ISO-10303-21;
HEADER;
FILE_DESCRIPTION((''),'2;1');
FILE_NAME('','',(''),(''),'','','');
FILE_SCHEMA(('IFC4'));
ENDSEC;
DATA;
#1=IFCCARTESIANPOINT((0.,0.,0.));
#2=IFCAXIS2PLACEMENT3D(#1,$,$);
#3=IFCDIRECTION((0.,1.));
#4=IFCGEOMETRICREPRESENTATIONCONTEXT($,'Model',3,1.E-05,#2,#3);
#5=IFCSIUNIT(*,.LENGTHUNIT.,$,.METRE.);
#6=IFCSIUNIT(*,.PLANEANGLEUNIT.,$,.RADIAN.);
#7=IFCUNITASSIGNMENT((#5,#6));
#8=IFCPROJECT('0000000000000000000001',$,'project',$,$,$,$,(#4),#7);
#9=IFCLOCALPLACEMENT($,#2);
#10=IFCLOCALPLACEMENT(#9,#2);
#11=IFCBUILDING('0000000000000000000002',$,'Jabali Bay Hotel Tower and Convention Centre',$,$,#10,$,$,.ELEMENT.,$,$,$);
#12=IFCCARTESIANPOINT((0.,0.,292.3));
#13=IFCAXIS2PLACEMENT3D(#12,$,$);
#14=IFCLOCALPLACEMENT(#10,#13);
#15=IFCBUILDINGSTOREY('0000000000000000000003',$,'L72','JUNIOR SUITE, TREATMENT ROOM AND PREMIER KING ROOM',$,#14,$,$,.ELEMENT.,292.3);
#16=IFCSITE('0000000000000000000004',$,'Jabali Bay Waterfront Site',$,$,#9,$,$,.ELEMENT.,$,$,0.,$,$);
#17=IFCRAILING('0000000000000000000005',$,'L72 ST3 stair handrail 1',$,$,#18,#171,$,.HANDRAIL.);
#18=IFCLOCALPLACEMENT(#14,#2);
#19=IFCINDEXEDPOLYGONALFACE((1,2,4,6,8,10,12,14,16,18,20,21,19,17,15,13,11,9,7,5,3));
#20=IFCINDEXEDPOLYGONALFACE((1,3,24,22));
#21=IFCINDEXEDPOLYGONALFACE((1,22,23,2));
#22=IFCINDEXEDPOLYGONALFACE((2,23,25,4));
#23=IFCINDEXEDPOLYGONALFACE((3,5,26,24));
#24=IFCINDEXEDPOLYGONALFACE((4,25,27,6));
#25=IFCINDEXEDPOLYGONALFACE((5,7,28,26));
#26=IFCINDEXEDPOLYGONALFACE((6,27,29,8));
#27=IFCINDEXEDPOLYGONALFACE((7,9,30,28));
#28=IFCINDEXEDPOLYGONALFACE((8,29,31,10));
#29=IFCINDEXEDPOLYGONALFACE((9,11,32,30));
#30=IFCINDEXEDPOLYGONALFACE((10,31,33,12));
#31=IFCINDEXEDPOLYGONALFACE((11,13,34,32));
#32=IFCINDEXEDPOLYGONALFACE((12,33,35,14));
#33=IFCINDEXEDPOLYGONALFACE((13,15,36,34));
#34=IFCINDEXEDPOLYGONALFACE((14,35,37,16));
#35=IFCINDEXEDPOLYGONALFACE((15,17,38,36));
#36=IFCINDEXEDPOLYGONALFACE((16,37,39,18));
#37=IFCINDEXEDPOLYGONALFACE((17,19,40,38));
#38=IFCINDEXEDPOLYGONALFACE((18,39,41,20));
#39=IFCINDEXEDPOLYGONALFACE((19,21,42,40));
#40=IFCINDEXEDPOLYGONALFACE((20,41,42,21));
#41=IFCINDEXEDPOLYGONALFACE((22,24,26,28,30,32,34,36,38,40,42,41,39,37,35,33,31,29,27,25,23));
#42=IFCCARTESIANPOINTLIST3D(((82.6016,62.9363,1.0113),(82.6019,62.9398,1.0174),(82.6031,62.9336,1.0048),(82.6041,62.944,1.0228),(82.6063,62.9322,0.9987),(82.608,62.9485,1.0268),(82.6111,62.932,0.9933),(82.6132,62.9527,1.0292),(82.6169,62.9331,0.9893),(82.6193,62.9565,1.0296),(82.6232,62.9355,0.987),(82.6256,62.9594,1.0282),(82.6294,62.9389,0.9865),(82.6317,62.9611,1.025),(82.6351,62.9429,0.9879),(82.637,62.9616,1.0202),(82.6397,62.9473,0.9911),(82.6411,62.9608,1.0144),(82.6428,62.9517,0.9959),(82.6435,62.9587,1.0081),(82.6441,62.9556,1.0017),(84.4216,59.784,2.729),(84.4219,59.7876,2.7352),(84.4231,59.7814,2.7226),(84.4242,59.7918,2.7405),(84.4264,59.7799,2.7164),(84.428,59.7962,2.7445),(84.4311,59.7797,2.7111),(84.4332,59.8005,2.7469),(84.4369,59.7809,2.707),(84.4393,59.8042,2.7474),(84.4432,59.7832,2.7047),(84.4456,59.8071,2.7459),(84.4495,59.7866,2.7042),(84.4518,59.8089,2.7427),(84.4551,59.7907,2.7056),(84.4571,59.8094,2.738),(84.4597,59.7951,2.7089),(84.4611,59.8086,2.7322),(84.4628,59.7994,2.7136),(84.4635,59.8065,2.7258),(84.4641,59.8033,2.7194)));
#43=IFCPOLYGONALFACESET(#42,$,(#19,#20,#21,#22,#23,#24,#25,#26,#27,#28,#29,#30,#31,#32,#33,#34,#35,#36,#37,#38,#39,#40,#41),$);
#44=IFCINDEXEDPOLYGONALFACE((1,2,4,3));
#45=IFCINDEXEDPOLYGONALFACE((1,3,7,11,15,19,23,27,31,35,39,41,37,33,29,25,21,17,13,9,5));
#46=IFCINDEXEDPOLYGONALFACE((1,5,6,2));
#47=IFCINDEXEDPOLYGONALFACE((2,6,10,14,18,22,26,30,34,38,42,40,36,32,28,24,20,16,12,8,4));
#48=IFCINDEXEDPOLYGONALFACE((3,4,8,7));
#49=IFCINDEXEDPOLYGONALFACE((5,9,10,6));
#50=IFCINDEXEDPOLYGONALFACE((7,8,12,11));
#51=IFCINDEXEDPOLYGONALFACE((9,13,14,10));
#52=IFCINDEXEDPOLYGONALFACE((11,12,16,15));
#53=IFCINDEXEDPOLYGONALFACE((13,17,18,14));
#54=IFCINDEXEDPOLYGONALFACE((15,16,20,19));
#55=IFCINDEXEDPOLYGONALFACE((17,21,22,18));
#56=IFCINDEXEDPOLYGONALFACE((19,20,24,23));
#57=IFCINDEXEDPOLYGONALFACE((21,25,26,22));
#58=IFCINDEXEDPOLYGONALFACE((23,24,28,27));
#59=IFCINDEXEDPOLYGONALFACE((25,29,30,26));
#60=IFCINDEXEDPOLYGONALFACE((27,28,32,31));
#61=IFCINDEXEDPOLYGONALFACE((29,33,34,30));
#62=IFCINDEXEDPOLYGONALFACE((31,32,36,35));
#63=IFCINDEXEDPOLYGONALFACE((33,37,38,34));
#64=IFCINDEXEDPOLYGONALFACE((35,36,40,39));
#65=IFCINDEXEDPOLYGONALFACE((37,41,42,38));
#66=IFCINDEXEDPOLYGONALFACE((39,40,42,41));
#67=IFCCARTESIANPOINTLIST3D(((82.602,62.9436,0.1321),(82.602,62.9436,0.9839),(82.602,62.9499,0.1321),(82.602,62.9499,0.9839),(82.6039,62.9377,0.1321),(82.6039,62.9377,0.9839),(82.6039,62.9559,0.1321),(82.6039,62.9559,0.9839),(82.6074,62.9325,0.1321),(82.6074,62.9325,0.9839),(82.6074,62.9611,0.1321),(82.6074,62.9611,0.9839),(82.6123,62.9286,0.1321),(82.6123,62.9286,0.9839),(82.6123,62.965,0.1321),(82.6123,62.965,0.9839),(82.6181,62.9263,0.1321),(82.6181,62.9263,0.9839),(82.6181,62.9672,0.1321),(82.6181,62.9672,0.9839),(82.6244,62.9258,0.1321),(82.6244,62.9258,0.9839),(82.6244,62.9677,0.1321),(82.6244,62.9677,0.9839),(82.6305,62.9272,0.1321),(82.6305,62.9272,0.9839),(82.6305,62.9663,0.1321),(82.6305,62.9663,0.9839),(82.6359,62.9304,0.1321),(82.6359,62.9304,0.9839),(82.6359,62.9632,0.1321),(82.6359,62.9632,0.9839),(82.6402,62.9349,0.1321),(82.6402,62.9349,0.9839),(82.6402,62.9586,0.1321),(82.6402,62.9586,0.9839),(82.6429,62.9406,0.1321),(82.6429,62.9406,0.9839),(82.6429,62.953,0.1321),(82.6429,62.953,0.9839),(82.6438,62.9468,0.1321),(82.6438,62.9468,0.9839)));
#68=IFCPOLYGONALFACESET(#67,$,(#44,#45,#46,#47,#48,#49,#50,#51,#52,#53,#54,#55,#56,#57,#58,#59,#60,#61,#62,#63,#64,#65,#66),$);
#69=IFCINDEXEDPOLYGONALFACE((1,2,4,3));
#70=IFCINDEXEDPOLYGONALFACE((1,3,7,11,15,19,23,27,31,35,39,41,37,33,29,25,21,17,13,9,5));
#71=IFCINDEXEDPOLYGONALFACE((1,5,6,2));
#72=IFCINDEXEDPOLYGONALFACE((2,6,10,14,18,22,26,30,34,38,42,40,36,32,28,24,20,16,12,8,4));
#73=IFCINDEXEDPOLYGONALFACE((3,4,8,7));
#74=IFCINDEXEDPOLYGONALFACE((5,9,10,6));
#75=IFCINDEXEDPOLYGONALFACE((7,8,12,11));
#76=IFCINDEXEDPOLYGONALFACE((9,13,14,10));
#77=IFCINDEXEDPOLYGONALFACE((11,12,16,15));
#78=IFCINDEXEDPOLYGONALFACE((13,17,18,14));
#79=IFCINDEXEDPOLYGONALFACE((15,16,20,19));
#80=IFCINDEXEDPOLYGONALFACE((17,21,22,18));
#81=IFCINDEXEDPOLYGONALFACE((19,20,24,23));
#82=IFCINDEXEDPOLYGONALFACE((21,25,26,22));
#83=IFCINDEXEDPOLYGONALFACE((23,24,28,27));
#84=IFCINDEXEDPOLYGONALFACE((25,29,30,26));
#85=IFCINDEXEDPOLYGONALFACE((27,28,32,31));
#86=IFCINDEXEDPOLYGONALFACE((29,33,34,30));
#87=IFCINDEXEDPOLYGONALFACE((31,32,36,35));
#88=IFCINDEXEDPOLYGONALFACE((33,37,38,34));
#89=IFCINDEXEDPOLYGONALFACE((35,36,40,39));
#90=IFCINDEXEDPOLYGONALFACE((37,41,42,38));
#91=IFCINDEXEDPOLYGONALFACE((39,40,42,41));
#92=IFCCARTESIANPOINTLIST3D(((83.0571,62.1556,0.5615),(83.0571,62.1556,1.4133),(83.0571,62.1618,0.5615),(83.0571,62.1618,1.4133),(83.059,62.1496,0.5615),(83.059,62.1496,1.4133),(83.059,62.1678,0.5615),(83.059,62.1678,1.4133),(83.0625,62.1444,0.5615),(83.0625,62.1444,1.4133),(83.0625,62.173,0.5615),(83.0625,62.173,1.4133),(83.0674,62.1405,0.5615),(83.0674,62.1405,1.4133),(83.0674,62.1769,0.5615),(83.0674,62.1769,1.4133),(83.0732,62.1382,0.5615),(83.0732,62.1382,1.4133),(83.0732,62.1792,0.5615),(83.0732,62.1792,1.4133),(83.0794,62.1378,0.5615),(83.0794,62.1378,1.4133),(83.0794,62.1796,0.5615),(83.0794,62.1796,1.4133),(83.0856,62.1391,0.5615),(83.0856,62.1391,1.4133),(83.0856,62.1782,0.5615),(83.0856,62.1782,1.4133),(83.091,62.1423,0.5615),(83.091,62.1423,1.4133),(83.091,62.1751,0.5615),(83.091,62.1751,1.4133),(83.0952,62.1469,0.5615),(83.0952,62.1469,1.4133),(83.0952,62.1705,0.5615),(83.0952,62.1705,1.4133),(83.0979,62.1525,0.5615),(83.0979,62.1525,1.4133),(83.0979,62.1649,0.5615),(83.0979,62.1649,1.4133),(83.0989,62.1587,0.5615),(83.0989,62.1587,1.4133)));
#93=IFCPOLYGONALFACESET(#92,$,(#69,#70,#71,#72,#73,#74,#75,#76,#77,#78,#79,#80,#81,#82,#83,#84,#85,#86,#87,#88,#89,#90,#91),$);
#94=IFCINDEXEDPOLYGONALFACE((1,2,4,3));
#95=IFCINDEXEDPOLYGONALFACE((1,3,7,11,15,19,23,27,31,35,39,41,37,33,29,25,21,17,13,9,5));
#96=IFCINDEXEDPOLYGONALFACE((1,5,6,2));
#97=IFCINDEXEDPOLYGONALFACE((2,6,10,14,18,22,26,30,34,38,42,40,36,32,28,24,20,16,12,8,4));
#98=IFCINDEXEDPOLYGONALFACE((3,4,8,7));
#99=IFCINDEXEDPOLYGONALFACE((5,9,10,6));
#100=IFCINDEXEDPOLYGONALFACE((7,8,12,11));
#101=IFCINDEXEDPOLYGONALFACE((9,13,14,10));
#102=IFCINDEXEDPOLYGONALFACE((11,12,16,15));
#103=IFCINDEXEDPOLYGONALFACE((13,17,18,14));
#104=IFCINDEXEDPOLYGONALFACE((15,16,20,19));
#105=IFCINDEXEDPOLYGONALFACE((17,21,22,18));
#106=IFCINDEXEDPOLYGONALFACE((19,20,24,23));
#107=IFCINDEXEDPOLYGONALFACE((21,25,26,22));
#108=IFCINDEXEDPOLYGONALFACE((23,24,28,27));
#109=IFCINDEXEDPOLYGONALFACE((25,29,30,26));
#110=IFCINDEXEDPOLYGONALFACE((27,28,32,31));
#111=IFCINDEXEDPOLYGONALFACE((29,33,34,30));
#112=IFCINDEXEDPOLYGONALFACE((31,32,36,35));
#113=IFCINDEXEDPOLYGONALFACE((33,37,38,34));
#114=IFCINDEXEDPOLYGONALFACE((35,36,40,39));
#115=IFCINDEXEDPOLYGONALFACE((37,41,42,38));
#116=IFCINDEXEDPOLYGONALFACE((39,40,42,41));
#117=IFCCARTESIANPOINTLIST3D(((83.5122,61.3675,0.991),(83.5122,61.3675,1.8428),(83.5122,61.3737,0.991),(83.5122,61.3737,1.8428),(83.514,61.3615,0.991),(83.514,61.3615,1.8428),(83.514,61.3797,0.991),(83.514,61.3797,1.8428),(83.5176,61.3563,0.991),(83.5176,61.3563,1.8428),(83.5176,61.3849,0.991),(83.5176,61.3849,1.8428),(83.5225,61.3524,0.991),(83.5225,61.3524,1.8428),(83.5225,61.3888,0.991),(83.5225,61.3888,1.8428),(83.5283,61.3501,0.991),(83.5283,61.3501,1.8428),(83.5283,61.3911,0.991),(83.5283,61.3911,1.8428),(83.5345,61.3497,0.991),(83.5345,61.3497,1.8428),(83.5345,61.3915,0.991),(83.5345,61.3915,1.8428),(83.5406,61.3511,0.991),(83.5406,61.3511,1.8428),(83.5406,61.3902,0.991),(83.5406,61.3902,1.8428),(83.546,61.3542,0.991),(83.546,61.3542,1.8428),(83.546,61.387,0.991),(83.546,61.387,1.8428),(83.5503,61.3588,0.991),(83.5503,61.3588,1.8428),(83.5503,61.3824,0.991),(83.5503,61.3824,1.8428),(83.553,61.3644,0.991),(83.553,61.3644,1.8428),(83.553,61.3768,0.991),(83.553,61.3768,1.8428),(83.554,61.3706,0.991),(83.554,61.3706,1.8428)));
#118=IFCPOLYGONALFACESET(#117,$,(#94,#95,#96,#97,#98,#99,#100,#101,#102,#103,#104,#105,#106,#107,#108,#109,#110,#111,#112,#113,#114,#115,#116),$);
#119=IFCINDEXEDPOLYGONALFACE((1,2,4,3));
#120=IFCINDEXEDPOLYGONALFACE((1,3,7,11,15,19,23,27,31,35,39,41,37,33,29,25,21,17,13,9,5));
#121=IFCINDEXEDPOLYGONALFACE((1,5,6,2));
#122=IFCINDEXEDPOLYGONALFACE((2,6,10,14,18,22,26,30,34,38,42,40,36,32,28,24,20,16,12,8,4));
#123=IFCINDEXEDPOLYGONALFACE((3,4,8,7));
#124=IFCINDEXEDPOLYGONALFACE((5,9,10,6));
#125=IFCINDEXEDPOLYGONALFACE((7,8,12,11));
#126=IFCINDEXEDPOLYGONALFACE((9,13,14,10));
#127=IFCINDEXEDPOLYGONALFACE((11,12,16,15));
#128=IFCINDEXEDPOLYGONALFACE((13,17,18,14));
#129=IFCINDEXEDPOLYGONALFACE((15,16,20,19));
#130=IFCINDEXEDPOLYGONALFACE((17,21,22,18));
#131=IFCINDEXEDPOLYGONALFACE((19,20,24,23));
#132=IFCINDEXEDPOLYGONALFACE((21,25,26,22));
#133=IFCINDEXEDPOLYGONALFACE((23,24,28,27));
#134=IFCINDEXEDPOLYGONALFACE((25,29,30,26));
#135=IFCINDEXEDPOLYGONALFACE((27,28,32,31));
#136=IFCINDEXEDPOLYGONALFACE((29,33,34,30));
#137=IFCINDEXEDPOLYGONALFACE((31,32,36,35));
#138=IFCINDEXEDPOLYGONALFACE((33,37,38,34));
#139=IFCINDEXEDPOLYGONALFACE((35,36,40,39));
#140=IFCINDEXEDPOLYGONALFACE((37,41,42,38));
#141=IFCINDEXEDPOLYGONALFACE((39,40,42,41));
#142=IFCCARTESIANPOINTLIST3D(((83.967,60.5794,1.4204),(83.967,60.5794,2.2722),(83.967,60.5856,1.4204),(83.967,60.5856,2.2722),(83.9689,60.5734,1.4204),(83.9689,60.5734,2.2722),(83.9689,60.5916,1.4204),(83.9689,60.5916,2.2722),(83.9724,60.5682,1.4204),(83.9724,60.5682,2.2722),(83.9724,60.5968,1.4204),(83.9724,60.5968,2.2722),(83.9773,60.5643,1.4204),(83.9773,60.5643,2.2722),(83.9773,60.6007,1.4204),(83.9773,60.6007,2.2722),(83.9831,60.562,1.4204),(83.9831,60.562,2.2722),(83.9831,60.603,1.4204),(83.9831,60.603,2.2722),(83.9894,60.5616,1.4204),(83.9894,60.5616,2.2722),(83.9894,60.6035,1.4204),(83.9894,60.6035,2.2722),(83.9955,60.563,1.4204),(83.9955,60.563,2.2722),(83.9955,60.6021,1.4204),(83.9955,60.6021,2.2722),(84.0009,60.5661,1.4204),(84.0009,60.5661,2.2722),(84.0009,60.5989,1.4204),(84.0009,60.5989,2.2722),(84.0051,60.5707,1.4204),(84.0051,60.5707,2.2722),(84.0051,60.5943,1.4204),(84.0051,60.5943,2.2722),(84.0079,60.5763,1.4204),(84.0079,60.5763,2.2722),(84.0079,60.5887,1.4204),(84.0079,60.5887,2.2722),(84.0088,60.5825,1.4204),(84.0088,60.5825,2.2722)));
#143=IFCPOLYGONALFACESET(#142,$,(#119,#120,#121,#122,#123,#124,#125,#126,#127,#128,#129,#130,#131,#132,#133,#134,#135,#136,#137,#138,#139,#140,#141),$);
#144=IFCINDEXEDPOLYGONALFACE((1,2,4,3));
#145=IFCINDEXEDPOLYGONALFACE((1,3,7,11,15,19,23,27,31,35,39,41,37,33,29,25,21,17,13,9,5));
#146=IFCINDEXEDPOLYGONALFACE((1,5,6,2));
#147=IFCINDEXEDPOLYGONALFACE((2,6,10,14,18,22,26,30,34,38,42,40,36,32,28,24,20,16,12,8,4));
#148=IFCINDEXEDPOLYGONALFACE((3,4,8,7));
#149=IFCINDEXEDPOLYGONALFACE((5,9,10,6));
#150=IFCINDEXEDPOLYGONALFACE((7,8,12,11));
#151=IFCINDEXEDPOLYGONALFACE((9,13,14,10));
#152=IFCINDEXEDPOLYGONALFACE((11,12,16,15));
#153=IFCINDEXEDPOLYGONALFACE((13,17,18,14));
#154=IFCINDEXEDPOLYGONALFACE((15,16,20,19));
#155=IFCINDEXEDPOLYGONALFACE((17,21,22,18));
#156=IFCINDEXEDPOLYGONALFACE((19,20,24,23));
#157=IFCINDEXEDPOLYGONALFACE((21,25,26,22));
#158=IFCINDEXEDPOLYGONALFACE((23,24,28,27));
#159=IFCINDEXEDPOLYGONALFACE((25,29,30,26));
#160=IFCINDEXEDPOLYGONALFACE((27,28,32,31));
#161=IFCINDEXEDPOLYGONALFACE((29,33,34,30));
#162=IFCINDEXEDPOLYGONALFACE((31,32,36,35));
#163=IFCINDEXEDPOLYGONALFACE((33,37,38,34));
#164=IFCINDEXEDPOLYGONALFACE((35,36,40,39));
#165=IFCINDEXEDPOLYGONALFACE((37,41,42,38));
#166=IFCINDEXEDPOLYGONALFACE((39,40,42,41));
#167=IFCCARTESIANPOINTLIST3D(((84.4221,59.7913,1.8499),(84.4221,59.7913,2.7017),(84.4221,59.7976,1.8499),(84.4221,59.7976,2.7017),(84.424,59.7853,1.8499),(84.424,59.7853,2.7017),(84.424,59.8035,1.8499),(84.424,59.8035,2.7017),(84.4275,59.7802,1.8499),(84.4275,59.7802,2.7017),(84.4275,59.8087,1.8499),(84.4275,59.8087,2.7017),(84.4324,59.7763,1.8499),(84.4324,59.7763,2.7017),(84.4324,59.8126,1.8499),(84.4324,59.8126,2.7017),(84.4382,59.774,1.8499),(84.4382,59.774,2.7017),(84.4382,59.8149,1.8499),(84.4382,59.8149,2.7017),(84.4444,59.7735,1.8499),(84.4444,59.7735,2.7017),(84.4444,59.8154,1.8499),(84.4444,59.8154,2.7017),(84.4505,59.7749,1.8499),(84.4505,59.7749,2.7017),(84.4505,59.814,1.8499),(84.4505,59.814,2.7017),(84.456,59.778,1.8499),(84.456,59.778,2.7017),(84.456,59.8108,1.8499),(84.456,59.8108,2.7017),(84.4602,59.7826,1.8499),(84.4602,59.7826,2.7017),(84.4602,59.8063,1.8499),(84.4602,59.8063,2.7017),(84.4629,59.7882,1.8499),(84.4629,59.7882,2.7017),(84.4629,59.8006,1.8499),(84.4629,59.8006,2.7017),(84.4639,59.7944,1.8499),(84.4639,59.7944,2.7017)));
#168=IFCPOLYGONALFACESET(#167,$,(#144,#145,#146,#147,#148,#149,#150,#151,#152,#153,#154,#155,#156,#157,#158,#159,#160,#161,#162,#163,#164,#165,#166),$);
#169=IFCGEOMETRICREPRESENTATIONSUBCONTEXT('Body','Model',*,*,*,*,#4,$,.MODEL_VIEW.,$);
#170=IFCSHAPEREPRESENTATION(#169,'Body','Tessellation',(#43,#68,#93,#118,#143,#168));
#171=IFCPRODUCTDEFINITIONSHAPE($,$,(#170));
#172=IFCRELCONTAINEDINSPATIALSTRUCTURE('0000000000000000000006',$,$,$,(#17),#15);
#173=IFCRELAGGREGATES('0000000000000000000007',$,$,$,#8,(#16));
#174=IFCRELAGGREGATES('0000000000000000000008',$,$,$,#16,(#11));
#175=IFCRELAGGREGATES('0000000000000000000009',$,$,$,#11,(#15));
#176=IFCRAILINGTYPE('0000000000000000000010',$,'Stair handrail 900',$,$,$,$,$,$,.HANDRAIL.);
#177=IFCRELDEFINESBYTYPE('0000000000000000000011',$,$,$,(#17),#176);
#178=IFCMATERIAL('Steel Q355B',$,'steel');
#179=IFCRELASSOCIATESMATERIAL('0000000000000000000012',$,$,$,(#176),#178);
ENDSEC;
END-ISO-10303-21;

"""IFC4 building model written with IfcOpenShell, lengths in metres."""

from ifc_helpers import new_model, si_unit, direction, frame, origin, origin_2d, place, context, subcontext, project, spatial, circle, extrude, material, type_object, element, save


model = new_model("IFC4")

# Units and contexts
model_context = context("Model", 3, precision=1e-05, world=origin(), true_north=direction((0.0, 1.0)))
body_context = subcontext(model_context, "Body", "Model", "MODEL_VIEW")
ifc_project = project(units=[si_unit("LENGTHUNIT", "METRE"), si_unit("PLANEANGLEUNIT", "RADIAN")], contexts=[model_context])

# Site, building, storey
site_placement = place(None, origin())
site = spatial("IfcSite", under=ifc_project, at=site_placement, Name="Jabali Bay Waterfront Site", CompositionType="ELEMENT", RefElevation=0.0)
building_placement = place(site_placement, origin())
building = spatial("IfcBuilding", under=site, at=building_placement, Name="Jabali Bay Hotel Tower and Convention Centre", CompositionType="ELEMENT")
storey_placement = place(building_placement, frame((0.0, 0.0, 292.3)))
storey = spatial("IfcBuildingStorey", under=building, at=storey_placement, Name="L72", Description="JUNIOR SUITE, TREATMENT ROOM AND PREMIER KING ROOM", CompositionType="ELEMENT", Elevation=292.3)

# Railing
ifc_material_1 = material(Name="Steel Q355B", Category="steel")
railing_type_1 = type_object("IfcRailingType", Name="Stair handrail 900", PredefinedType="HANDRAIL", material=ifc_material_1)
railing_1_placement = place(storey_placement, frame((82.6228, 62.9468, 0.1321)))
element("IfcRailing", 1, at=railing_1_placement, inside=storey, type_object=railing_type_1, Name="L72 ST3 stair handrail 1", PredefinedType="HANDRAIL", context=body_context, shape_type="SweptSolid", body=[
    extrude(circle(Radius=0.0239, at=origin_2d()), frame((0.0, 0.0, 0.876), z_axis=(0.45219, -0.78319, 0.426775), x_axis=(0.866018, 0.500013, 0.0)), (0.0, 0.0, 1.0), 4.0249),
    extrude(circle(Radius=0.021, at=origin_2d()), origin(), (0.0, 0.0, 1.0), 0.8518),
    extrude(circle(Radius=0.021, at=origin_2d()), frame((0.4551, -0.7881, 0.4294)), (0.0, 0.0, 1.0), 0.8518),
    extrude(circle(Radius=0.021, at=origin_2d()), frame((0.9102, -1.5762, 0.8589)), (0.0, 0.0, 1.0), 0.8518),
    extrude(circle(Radius=0.021, at=origin_2d()), frame((1.365, -2.3643, 1.2883)), (0.0, 0.0, 1.0), 0.8518),
    extrude(circle(Radius=0.021, at=origin_2d()), frame((1.8201, -3.1523, 1.7178)), (0.0, 0.0, 1.0), 0.8518),
])

save(model, "model.ifc")
